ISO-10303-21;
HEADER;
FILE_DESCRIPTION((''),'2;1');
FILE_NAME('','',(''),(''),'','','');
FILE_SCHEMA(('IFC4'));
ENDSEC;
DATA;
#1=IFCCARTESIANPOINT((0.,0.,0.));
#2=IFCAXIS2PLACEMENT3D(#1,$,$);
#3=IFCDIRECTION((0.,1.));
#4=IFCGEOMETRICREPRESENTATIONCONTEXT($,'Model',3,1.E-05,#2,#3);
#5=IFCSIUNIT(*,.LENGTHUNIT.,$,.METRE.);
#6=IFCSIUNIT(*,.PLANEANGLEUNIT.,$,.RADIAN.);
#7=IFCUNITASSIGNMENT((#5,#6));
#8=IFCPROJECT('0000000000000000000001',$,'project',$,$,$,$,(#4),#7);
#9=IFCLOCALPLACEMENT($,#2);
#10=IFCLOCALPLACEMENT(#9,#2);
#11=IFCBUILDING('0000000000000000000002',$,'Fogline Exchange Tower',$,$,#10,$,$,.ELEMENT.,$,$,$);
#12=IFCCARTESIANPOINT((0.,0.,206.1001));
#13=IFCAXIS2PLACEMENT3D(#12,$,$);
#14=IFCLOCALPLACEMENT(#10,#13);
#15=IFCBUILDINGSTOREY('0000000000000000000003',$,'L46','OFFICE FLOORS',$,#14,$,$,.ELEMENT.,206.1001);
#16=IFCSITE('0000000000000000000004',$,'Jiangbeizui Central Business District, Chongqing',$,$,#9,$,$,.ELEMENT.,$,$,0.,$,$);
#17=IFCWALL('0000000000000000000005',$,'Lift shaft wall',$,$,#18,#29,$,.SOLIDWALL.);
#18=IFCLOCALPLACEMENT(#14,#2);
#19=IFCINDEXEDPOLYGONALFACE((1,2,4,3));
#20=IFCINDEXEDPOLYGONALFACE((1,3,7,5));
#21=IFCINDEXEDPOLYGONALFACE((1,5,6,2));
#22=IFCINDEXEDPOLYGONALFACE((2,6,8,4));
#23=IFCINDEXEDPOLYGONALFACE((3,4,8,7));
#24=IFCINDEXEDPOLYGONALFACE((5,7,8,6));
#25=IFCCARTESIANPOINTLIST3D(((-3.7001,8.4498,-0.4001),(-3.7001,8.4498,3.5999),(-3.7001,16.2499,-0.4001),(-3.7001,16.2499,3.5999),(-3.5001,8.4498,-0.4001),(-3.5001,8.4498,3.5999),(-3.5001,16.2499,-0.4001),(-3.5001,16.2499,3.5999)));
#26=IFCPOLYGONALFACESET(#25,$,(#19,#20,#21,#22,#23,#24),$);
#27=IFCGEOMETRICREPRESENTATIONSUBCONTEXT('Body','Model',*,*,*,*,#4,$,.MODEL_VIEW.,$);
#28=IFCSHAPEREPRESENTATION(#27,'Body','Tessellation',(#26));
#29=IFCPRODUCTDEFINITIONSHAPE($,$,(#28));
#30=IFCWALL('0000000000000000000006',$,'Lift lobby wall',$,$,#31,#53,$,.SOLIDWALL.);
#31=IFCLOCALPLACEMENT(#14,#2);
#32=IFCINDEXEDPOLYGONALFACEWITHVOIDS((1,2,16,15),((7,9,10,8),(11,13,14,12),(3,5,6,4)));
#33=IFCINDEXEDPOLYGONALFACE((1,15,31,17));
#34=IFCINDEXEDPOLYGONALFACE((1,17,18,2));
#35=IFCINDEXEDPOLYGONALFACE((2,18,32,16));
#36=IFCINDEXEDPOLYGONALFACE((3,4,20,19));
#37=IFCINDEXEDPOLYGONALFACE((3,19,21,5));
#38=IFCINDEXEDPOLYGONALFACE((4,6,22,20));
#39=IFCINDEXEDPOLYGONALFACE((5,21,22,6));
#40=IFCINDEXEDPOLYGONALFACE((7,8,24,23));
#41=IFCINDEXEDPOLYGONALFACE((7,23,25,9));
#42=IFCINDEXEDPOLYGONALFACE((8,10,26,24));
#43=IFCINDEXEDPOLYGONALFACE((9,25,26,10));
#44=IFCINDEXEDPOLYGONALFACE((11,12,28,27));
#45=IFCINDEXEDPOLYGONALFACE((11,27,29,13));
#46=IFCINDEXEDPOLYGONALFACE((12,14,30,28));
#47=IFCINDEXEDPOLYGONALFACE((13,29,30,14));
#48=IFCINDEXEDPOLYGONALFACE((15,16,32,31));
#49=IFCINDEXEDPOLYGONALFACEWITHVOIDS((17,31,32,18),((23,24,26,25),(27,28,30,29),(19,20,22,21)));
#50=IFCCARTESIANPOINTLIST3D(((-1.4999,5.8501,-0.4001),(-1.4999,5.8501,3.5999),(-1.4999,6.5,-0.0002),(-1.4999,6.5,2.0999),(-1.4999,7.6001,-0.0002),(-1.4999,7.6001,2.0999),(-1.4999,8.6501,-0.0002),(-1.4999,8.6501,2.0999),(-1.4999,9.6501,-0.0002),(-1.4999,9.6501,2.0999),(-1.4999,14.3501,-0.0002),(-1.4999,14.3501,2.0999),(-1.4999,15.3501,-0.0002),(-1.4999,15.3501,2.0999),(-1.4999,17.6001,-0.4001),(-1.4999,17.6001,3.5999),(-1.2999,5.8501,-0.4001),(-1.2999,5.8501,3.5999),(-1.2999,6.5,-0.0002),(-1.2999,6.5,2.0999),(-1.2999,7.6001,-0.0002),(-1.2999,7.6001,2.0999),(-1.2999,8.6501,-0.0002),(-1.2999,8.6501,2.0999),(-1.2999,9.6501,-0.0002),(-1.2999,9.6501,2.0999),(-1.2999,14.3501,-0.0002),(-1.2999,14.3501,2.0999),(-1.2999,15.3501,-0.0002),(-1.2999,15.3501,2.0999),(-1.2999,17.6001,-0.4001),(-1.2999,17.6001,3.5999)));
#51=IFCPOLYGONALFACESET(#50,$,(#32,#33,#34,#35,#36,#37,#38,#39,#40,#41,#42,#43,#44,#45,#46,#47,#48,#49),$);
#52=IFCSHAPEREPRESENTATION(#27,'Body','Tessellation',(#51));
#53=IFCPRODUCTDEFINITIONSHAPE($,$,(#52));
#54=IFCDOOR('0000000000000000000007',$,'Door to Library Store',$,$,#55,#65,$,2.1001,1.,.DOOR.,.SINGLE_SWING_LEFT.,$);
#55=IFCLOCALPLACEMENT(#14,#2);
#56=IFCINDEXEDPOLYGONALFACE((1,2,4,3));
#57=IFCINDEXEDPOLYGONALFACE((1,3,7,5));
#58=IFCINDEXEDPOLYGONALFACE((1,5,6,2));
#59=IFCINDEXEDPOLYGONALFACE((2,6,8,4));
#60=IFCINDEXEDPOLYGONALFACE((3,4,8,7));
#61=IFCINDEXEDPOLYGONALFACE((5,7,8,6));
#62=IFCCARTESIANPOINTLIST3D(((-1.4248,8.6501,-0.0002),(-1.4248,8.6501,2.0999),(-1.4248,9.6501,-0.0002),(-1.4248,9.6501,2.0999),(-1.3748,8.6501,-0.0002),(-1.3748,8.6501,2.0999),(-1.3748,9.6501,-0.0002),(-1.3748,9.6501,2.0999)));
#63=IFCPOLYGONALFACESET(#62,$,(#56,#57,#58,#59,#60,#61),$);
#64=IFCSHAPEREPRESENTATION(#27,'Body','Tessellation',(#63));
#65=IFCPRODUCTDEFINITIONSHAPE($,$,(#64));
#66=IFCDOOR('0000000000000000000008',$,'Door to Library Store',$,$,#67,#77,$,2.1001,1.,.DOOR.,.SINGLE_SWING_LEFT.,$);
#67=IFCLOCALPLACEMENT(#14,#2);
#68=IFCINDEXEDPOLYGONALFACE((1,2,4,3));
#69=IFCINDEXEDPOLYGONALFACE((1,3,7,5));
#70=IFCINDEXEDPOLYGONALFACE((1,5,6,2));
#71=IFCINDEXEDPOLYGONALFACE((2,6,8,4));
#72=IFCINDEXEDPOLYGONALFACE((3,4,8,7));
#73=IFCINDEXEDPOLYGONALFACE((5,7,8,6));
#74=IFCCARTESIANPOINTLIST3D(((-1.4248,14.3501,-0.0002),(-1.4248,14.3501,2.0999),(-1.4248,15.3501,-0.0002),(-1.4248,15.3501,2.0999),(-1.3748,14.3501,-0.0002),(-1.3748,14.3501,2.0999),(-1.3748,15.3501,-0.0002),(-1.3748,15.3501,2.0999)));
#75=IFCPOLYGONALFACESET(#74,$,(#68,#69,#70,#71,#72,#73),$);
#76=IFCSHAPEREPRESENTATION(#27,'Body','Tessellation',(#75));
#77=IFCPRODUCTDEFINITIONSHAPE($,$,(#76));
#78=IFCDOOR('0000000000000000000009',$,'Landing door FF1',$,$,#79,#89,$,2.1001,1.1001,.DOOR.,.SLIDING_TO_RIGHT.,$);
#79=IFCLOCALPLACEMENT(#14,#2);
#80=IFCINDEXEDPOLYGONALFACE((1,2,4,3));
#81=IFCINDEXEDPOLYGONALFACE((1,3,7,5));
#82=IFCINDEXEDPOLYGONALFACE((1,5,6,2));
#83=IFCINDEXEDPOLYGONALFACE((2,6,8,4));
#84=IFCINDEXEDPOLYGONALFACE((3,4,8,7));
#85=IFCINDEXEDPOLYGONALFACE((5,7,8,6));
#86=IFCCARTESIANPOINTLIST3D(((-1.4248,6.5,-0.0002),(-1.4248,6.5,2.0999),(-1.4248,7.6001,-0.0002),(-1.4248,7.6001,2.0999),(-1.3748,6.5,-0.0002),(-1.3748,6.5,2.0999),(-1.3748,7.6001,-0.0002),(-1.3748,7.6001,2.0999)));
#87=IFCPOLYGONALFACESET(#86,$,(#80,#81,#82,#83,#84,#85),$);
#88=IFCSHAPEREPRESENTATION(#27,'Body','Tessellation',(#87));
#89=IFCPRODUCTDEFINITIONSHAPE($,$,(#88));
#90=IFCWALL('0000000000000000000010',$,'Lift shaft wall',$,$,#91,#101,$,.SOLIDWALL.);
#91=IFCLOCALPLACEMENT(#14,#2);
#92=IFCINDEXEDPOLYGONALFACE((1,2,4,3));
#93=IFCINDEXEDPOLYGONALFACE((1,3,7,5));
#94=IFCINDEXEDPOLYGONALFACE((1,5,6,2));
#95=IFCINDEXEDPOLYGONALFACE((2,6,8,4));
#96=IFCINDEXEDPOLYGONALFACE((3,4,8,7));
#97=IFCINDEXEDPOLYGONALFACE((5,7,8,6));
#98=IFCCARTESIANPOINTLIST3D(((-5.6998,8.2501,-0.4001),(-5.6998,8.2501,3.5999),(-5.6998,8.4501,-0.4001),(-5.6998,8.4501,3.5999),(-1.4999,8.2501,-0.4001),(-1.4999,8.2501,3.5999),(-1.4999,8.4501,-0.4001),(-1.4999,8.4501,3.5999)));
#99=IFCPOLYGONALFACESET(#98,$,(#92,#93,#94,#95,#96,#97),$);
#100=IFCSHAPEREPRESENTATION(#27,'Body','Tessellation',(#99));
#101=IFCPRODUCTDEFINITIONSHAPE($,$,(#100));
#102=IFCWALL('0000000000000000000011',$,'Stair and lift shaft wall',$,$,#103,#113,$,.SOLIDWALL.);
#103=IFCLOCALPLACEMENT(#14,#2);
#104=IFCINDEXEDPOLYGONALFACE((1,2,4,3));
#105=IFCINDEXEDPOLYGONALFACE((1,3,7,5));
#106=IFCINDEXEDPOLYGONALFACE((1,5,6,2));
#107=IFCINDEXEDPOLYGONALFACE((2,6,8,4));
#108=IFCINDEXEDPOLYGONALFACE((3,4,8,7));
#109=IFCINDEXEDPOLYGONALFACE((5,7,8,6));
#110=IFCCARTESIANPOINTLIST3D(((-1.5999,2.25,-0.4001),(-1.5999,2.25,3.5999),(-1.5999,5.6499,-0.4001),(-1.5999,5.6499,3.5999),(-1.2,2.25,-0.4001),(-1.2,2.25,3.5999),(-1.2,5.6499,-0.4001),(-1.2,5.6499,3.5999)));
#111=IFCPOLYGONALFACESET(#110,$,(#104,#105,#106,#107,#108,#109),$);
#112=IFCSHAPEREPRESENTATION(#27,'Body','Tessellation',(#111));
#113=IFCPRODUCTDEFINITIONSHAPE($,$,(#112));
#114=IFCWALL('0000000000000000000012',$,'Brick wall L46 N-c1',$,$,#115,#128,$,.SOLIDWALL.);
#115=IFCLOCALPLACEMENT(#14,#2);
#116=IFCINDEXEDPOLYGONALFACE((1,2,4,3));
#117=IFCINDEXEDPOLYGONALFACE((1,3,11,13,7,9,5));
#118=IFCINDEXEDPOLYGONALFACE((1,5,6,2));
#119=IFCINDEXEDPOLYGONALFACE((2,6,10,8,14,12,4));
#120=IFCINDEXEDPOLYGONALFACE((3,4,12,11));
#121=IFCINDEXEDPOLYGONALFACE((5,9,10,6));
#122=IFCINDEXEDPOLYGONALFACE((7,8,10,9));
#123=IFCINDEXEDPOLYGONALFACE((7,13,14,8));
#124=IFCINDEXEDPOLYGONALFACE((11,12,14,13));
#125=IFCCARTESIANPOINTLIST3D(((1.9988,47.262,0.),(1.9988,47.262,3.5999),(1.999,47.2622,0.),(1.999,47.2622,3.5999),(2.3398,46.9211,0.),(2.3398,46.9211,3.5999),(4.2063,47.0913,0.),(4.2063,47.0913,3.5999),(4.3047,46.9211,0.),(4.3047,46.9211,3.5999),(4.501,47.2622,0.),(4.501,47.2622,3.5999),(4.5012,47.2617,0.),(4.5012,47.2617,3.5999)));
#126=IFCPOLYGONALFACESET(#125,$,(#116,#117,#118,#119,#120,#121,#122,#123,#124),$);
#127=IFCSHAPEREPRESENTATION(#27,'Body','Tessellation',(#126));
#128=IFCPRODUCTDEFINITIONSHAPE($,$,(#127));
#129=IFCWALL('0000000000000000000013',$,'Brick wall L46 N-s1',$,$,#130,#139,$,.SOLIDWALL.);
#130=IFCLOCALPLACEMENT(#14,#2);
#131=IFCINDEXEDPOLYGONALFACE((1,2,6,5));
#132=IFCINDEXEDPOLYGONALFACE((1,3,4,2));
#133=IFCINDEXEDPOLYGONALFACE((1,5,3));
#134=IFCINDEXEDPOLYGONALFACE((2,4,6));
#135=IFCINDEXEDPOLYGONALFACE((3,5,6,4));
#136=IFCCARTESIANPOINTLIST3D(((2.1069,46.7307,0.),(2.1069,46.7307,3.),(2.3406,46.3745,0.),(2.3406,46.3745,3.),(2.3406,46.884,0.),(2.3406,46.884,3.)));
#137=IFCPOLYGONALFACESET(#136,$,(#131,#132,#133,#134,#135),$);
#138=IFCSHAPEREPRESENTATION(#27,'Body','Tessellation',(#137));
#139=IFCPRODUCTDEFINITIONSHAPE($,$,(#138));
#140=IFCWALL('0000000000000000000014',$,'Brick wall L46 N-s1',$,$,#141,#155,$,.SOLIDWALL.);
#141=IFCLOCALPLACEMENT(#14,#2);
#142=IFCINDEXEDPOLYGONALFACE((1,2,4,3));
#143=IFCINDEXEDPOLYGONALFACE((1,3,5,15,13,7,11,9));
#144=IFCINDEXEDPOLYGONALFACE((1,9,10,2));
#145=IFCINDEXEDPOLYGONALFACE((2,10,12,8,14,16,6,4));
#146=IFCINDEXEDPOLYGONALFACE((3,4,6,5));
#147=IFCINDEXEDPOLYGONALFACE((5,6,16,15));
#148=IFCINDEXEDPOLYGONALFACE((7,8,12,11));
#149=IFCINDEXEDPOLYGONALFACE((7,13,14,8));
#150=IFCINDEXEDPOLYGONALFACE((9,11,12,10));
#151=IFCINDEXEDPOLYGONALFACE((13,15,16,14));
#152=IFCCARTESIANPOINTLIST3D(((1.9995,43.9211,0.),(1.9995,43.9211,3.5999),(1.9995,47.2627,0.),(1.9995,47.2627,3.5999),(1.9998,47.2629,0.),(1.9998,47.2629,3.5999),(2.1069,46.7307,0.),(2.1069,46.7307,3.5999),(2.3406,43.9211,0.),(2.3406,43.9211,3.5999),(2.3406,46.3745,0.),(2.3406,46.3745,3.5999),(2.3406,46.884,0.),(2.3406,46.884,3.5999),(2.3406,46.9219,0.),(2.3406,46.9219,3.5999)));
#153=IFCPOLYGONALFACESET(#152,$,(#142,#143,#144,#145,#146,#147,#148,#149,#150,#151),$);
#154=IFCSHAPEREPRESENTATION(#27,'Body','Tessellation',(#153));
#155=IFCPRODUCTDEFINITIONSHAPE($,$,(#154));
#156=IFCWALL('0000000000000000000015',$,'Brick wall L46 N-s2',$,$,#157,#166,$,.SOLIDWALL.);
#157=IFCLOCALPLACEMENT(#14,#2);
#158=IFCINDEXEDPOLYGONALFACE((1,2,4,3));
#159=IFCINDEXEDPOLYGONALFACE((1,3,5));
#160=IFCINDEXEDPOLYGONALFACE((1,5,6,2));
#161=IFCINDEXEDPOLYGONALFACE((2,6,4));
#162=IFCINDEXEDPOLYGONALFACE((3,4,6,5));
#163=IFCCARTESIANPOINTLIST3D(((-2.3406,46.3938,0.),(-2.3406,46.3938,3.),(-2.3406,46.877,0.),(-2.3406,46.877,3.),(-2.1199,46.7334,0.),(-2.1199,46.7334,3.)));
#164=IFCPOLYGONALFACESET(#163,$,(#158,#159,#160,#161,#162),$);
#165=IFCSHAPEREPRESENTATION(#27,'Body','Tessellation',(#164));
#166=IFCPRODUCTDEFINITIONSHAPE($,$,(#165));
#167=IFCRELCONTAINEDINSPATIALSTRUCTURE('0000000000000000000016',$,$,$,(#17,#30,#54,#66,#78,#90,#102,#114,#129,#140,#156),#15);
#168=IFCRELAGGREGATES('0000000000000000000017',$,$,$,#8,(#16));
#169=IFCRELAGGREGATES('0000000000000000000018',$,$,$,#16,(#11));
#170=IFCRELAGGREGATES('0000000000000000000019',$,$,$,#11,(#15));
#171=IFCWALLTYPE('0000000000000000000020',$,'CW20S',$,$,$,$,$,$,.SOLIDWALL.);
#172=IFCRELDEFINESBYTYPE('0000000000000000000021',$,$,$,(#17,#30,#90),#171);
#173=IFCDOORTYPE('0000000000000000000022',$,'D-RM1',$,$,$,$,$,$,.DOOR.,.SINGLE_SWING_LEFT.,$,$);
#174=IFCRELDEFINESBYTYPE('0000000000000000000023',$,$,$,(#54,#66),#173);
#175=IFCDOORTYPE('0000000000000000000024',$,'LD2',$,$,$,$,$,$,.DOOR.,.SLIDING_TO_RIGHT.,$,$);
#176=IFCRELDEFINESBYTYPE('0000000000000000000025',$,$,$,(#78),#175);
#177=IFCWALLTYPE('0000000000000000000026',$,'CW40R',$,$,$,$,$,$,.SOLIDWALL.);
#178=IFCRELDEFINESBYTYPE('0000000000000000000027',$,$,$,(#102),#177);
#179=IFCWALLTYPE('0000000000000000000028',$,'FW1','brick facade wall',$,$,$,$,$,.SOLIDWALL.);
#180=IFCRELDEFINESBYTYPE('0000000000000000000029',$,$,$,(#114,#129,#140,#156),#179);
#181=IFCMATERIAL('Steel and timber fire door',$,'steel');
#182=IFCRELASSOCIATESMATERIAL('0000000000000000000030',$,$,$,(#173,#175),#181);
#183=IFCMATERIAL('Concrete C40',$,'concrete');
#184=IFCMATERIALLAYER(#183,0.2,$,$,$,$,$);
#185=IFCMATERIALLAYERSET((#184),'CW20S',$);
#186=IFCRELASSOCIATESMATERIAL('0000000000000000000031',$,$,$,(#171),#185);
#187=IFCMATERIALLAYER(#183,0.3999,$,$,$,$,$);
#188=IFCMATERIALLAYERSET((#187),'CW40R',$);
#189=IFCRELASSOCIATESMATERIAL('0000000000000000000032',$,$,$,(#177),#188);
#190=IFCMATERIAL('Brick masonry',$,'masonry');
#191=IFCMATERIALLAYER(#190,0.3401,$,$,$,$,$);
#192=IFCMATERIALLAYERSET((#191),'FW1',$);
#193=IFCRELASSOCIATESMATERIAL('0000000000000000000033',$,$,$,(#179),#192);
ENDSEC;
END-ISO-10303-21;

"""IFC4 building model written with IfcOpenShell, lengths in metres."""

from ifc_helpers import new_model, si_unit, direction, frame, frame_2d, origin, place, context, subcontext, project, spatial, polyline, rectangle, outline, extrude, material, layer, layer_set, type_object, element, fill, save


model = new_model("IFC4")

# Units and contexts
model_context = context("Model", 3, precision=1e-05, world=origin(), true_north=direction((0.0, 1.0)))
body_context = subcontext(model_context, "Body", "Model", "MODEL_VIEW")
ifc_project = project(units=[si_unit("LENGTHUNIT", "METRE"), si_unit("PLANEANGLEUNIT", "RADIAN")], contexts=[model_context])

# Site, building, storey
site_placement = place(None, origin())
site = spatial("IfcSite", under=ifc_project, at=site_placement, Name="Jiangbeizui Central Business District, Chongqing", CompositionType="ELEMENT", RefElevation=0.0)
building_placement = place(site_placement, origin())
building = spatial("IfcBuilding", under=site, at=building_placement, Name="Fogline Exchange Tower", CompositionType="ELEMENT")
storey_placement = place(building_placement, frame((0.0, 0.0, 206.1001)))
storey = spatial("IfcBuildingStorey", under=building, at=storey_placement, Name="L46", Description="OFFICE FLOORS", CompositionType="ELEMENT", Elevation=206.1001)

# Shared definitions
ifc_material_1 = material(Name="Steel and timber fire door", Category="steel")

# Shared definitions
ifc_material_2 = material(Name="Concrete C40", Category="concrete")
door_type_1 = type_object("IfcDoorType", Name="D-RM1", OperationType="SINGLE_SWING_LEFT", PredefinedType="DOOR", material=ifc_material_1)

# Shared definitions
ifc_layer_1 = layer(ifc_material_2, 0.2)
ifc_layer_set_1 = layer_set([ifc_layer_1], Name="CW20S")
wall_type_1 = type_object("IfcWallType", Name="CW20S", PredefinedType="SOLIDWALL", material=ifc_layer_set_1)

# Wall
wall_1_placement = place(storey_placement, frame((-3.6001, 8.45, -0.4001), z_axis=(0.0, 0.0, 1.0), x_axis=(0.0, 1.0, 0.0)))
element("IfcWall", 1, at=wall_1_placement, inside=storey, type_object=wall_type_1, Name="Lift shaft wall", PredefinedType="SOLIDWALL", context=body_context, shape_type="SweptSolid", body=[
    extrude(rectangle(XDim=7.8, YDim=0.2, at=frame_2d((3.8999, 0.0))), origin(), (0.0, 0.0, 1.0), 4.0),
])

# Wall, openings, doors
wall_2_placement = place(storey_placement, frame((-1.3999, 5.8501, -0.4001), z_axis=(0.0, 0.0, 1.0), x_axis=(0.0, 1.0, 0.0)))
wall_2 = element("IfcWall", 2, at=wall_2_placement, inside=storey, type_object=wall_type_1, Name="Lift lobby wall", PredefinedType="SOLIDWALL", context=body_context, shape_type="SweptSolid", body=[
    extrude(rectangle(XDim=11.75, YDim=0.2, at=frame_2d((5.875, 0.0))), origin(), (0.0, 0.0, 1.0), 4.0),
])
opening_1_placement = place(wall_2_placement, frame((0.6499, 0.0, 0.3999)))
opening_1 = element("IfcOpeningElement", 3, at=opening_1_placement, cuts=wall_2, PredefinedType="OPENING", context=body_context, shape_type="SweptSolid", body=[
    extrude(rectangle(XDim=1.1001, YDim=2.1001, at=frame_2d((0.55, 1.05))), frame((0.0, 0.1099, 0.0), z_axis=(0.0, -1.0, 0.0), x_axis=(1.0, 0.0, 0.0)), (0.0, 0.0, 1.0), 0.22),
])
opening_2_placement = place(wall_2_placement, frame((2.8, 0.0, 0.3999)))
opening_2 = element("IfcOpeningElement", 4, at=opening_2_placement, cuts=wall_2, PredefinedType="OPENING", context=body_context, shape_type="SweptSolid", body=[
    extrude(rectangle(XDim=1.0, YDim=2.1001, at=frame_2d((0.5, 1.05))), frame((0.0, 0.1099, 0.0), z_axis=(0.0, -1.0, 0.0), x_axis=(1.0, 0.0, 0.0)), (0.0, 0.0, 1.0), 0.22),
])
opening_3_placement = place(wall_2_placement, frame((8.5, 0.0, 0.3999)))
opening_3 = element("IfcOpeningElement", 5, at=opening_3_placement, cuts=wall_2, PredefinedType="OPENING", context=body_context, shape_type="SweptSolid", body=[
    extrude(rectangle(XDim=1.0, YDim=2.1001, at=frame_2d((0.5, 1.05))), frame((0.0, 0.1099, 0.0), z_axis=(0.0, -1.0, 0.0), x_axis=(1.0, 0.0, 0.0)), (0.0, 0.0, 1.0), 0.22),
])
door_1_placement = place(opening_2_placement, origin())
door_1 = element("IfcDoor", 6, at=door_1_placement, inside=storey, type_object=door_type_1, Name="Door to Library Store", OperationType="SINGLE_SWING_LEFT", OverallHeight=2.1001, OverallWidth=1.0, PredefinedType="DOOR", context=body_context, shape_type="SweptSolid", body=[
    extrude(rectangle(XDim=1.0, YDim=2.1001, at=frame_2d((0.5, 1.05))), frame((0.0, 0.0249, 0.0), z_axis=(0.0, -1.0, 0.0), x_axis=(1.0, 0.0, 0.0)), (0.0, 0.0, 1.0), 0.05),
])
fill(opening_2, door_1)
door_2_placement = place(opening_3_placement, origin())
door_2 = element("IfcDoor", 7, at=door_2_placement, inside=storey, type_object=door_type_1, Name="Door to Library Store", OperationType="SINGLE_SWING_LEFT", OverallHeight=2.1001, OverallWidth=1.0, PredefinedType="DOOR", context=body_context, shape_type="SweptSolid", body=[
    extrude(rectangle(XDim=1.0, YDim=2.1001, at=frame_2d((0.5, 1.05))), frame((0.0, 0.0249, 0.0), z_axis=(0.0, -1.0, 0.0), x_axis=(1.0, 0.0, 0.0)), (0.0, 0.0, 1.0), 0.05),
])
fill(opening_3, door_2)
door_type_2 = type_object("IfcDoorType", Name="LD2", OperationType="SLIDING_TO_RIGHT", PredefinedType="DOOR", material=ifc_material_1)
door_3_placement = place(opening_1_placement, origin())
door_3 = element("IfcDoor", 8, at=door_3_placement, inside=storey, type_object=door_type_2, Name="Landing door FF1", OperationType="SLIDING_TO_RIGHT", OverallHeight=2.1001, OverallWidth=1.1001, PredefinedType="DOOR", context=body_context, shape_type="SweptSolid", body=[
    extrude(rectangle(XDim=1.1001, YDim=2.1001, at=frame_2d((0.55, 1.05))), frame((0.0, 0.0249, 0.0), z_axis=(0.0, -1.0, 0.0), x_axis=(1.0, 0.0, 0.0)), (0.0, 0.0, 1.0), 0.05),
])
fill(opening_1, door_3)

# Walls
wall_3_placement = place(storey_placement, frame((-5.7, 8.3501, -0.4001), z_axis=(0.0, 0.0, 1.0), x_axis=(1.0, 0.0, 0.0)))
element("IfcWall", 9, at=wall_3_placement, inside=storey, type_object=wall_type_1, Name="Lift shaft wall", PredefinedType="SOLIDWALL", context=body_context, shape_type="SweptSolid", body=[
    extrude(rectangle(XDim=4.2, YDim=0.2, at=frame_2d((2.1001, 0.0))), origin(), (0.0, 0.0, 1.0), 4.0),
])
ifc_layer_2 = layer(ifc_material_2, 0.3999)
ifc_layer_set_2 = layer_set([ifc_layer_2], Name="CW40R")
wall_type_2 = type_object("IfcWallType", Name="CW40R", PredefinedType="SOLIDWALL", material=ifc_layer_set_2)
wall_4_placement = place(storey_placement, frame((-1.3999, 2.25, -0.4001), z_axis=(0.0, 0.0, 1.0), x_axis=(0.0, 1.0, 0.0)))
element("IfcWall", 10, at=wall_4_placement, inside=storey, type_object=wall_type_2, Name="Stair and lift shaft wall", PredefinedType="SOLIDWALL", context=body_context, shape_type="SweptSolid", body=[
    extrude(rectangle(XDim=3.3999, YDim=0.3999, at=frame_2d((1.7, 0.0))), origin(), (0.0, 0.0, 1.0), 4.0),
])
ifc_material_3 = material(Name="Brick masonry", Category="masonry")
ifc_layer_3 = layer(ifc_material_3, 0.3401)
ifc_layer_set_3 = layer_set([ifc_layer_3], Name="FW1")
wall_type_3 = type_object("IfcWallType", Name="FW1", Description="brick facade wall", PredefinedType="SOLIDWALL", material=ifc_layer_set_3)
wall_5_placement = place(storey_placement, origin())
element("IfcWall", 11, at=wall_5_placement, inside=storey, type_object=wall_type_3, Name="Brick wall L46 N-c1", PredefinedType="SOLIDWALL", context=body_context, shape_type="SweptSolid", body=[
    extrude(outline(polyline([(1.999, 47.2622), (4.501, 47.2622), (4.5012, 47.2617), (4.2063, 47.0913), (4.3047, 46.9211), (2.3398, 46.9211), (1.9988, 47.262), (1.999, 47.2622)])), origin(), (0.0, 0.0, 1.0), 3.5999),
])
wall_6_placement = place(storey_placement, origin())
element("IfcWall", 12, at=wall_6_placement, inside=storey, type_object=wall_type_3, Name="Brick wall L46 N-s1", PredefinedType="SOLIDWALL", context=body_context, shape_type="SweptSolid", body=[
    extrude(outline(polyline([(2.3406, 46.3745), (2.1069, 46.7307), (2.3406, 46.884), (2.3406, 46.3745)])), origin(), (0.0, 0.0, 1.0), 3.0),
])
wall_7_placement = place(storey_placement, origin())
element("IfcWall", 13, at=wall_7_placement, inside=storey, type_object=wall_type_3, Name="Brick wall L46 N-s1", PredefinedType="SOLIDWALL", context=body_context, shape_type="SweptSolid", body=[
    extrude(outline(polyline([(1.9995, 43.9211), (1.9995, 47.2627), (1.9998, 47.2629), (2.3406, 46.9219), (2.3406, 46.884), (2.1069, 46.7307), (2.3406, 46.3745), (2.3406, 43.9211), (1.9995, 43.9211)])), origin(), (0.0, 0.0, 1.0), 3.5999),
])
wall_8_placement = place(storey_placement, origin())
element("IfcWall", 14, at=wall_8_placement, inside=storey, type_object=wall_type_3, Name="Brick wall L46 N-s2", PredefinedType="SOLIDWALL", context=body_context, shape_type="SweptSolid", body=[
    extrude(outline(polyline([(-2.3406, 46.877), (-2.1199, 46.7334), (-2.3406, 46.3938), (-2.3406, 46.877)])), origin(), (0.0, 0.0, 1.0), 3.0),
])

save(model, "model.ifc")
